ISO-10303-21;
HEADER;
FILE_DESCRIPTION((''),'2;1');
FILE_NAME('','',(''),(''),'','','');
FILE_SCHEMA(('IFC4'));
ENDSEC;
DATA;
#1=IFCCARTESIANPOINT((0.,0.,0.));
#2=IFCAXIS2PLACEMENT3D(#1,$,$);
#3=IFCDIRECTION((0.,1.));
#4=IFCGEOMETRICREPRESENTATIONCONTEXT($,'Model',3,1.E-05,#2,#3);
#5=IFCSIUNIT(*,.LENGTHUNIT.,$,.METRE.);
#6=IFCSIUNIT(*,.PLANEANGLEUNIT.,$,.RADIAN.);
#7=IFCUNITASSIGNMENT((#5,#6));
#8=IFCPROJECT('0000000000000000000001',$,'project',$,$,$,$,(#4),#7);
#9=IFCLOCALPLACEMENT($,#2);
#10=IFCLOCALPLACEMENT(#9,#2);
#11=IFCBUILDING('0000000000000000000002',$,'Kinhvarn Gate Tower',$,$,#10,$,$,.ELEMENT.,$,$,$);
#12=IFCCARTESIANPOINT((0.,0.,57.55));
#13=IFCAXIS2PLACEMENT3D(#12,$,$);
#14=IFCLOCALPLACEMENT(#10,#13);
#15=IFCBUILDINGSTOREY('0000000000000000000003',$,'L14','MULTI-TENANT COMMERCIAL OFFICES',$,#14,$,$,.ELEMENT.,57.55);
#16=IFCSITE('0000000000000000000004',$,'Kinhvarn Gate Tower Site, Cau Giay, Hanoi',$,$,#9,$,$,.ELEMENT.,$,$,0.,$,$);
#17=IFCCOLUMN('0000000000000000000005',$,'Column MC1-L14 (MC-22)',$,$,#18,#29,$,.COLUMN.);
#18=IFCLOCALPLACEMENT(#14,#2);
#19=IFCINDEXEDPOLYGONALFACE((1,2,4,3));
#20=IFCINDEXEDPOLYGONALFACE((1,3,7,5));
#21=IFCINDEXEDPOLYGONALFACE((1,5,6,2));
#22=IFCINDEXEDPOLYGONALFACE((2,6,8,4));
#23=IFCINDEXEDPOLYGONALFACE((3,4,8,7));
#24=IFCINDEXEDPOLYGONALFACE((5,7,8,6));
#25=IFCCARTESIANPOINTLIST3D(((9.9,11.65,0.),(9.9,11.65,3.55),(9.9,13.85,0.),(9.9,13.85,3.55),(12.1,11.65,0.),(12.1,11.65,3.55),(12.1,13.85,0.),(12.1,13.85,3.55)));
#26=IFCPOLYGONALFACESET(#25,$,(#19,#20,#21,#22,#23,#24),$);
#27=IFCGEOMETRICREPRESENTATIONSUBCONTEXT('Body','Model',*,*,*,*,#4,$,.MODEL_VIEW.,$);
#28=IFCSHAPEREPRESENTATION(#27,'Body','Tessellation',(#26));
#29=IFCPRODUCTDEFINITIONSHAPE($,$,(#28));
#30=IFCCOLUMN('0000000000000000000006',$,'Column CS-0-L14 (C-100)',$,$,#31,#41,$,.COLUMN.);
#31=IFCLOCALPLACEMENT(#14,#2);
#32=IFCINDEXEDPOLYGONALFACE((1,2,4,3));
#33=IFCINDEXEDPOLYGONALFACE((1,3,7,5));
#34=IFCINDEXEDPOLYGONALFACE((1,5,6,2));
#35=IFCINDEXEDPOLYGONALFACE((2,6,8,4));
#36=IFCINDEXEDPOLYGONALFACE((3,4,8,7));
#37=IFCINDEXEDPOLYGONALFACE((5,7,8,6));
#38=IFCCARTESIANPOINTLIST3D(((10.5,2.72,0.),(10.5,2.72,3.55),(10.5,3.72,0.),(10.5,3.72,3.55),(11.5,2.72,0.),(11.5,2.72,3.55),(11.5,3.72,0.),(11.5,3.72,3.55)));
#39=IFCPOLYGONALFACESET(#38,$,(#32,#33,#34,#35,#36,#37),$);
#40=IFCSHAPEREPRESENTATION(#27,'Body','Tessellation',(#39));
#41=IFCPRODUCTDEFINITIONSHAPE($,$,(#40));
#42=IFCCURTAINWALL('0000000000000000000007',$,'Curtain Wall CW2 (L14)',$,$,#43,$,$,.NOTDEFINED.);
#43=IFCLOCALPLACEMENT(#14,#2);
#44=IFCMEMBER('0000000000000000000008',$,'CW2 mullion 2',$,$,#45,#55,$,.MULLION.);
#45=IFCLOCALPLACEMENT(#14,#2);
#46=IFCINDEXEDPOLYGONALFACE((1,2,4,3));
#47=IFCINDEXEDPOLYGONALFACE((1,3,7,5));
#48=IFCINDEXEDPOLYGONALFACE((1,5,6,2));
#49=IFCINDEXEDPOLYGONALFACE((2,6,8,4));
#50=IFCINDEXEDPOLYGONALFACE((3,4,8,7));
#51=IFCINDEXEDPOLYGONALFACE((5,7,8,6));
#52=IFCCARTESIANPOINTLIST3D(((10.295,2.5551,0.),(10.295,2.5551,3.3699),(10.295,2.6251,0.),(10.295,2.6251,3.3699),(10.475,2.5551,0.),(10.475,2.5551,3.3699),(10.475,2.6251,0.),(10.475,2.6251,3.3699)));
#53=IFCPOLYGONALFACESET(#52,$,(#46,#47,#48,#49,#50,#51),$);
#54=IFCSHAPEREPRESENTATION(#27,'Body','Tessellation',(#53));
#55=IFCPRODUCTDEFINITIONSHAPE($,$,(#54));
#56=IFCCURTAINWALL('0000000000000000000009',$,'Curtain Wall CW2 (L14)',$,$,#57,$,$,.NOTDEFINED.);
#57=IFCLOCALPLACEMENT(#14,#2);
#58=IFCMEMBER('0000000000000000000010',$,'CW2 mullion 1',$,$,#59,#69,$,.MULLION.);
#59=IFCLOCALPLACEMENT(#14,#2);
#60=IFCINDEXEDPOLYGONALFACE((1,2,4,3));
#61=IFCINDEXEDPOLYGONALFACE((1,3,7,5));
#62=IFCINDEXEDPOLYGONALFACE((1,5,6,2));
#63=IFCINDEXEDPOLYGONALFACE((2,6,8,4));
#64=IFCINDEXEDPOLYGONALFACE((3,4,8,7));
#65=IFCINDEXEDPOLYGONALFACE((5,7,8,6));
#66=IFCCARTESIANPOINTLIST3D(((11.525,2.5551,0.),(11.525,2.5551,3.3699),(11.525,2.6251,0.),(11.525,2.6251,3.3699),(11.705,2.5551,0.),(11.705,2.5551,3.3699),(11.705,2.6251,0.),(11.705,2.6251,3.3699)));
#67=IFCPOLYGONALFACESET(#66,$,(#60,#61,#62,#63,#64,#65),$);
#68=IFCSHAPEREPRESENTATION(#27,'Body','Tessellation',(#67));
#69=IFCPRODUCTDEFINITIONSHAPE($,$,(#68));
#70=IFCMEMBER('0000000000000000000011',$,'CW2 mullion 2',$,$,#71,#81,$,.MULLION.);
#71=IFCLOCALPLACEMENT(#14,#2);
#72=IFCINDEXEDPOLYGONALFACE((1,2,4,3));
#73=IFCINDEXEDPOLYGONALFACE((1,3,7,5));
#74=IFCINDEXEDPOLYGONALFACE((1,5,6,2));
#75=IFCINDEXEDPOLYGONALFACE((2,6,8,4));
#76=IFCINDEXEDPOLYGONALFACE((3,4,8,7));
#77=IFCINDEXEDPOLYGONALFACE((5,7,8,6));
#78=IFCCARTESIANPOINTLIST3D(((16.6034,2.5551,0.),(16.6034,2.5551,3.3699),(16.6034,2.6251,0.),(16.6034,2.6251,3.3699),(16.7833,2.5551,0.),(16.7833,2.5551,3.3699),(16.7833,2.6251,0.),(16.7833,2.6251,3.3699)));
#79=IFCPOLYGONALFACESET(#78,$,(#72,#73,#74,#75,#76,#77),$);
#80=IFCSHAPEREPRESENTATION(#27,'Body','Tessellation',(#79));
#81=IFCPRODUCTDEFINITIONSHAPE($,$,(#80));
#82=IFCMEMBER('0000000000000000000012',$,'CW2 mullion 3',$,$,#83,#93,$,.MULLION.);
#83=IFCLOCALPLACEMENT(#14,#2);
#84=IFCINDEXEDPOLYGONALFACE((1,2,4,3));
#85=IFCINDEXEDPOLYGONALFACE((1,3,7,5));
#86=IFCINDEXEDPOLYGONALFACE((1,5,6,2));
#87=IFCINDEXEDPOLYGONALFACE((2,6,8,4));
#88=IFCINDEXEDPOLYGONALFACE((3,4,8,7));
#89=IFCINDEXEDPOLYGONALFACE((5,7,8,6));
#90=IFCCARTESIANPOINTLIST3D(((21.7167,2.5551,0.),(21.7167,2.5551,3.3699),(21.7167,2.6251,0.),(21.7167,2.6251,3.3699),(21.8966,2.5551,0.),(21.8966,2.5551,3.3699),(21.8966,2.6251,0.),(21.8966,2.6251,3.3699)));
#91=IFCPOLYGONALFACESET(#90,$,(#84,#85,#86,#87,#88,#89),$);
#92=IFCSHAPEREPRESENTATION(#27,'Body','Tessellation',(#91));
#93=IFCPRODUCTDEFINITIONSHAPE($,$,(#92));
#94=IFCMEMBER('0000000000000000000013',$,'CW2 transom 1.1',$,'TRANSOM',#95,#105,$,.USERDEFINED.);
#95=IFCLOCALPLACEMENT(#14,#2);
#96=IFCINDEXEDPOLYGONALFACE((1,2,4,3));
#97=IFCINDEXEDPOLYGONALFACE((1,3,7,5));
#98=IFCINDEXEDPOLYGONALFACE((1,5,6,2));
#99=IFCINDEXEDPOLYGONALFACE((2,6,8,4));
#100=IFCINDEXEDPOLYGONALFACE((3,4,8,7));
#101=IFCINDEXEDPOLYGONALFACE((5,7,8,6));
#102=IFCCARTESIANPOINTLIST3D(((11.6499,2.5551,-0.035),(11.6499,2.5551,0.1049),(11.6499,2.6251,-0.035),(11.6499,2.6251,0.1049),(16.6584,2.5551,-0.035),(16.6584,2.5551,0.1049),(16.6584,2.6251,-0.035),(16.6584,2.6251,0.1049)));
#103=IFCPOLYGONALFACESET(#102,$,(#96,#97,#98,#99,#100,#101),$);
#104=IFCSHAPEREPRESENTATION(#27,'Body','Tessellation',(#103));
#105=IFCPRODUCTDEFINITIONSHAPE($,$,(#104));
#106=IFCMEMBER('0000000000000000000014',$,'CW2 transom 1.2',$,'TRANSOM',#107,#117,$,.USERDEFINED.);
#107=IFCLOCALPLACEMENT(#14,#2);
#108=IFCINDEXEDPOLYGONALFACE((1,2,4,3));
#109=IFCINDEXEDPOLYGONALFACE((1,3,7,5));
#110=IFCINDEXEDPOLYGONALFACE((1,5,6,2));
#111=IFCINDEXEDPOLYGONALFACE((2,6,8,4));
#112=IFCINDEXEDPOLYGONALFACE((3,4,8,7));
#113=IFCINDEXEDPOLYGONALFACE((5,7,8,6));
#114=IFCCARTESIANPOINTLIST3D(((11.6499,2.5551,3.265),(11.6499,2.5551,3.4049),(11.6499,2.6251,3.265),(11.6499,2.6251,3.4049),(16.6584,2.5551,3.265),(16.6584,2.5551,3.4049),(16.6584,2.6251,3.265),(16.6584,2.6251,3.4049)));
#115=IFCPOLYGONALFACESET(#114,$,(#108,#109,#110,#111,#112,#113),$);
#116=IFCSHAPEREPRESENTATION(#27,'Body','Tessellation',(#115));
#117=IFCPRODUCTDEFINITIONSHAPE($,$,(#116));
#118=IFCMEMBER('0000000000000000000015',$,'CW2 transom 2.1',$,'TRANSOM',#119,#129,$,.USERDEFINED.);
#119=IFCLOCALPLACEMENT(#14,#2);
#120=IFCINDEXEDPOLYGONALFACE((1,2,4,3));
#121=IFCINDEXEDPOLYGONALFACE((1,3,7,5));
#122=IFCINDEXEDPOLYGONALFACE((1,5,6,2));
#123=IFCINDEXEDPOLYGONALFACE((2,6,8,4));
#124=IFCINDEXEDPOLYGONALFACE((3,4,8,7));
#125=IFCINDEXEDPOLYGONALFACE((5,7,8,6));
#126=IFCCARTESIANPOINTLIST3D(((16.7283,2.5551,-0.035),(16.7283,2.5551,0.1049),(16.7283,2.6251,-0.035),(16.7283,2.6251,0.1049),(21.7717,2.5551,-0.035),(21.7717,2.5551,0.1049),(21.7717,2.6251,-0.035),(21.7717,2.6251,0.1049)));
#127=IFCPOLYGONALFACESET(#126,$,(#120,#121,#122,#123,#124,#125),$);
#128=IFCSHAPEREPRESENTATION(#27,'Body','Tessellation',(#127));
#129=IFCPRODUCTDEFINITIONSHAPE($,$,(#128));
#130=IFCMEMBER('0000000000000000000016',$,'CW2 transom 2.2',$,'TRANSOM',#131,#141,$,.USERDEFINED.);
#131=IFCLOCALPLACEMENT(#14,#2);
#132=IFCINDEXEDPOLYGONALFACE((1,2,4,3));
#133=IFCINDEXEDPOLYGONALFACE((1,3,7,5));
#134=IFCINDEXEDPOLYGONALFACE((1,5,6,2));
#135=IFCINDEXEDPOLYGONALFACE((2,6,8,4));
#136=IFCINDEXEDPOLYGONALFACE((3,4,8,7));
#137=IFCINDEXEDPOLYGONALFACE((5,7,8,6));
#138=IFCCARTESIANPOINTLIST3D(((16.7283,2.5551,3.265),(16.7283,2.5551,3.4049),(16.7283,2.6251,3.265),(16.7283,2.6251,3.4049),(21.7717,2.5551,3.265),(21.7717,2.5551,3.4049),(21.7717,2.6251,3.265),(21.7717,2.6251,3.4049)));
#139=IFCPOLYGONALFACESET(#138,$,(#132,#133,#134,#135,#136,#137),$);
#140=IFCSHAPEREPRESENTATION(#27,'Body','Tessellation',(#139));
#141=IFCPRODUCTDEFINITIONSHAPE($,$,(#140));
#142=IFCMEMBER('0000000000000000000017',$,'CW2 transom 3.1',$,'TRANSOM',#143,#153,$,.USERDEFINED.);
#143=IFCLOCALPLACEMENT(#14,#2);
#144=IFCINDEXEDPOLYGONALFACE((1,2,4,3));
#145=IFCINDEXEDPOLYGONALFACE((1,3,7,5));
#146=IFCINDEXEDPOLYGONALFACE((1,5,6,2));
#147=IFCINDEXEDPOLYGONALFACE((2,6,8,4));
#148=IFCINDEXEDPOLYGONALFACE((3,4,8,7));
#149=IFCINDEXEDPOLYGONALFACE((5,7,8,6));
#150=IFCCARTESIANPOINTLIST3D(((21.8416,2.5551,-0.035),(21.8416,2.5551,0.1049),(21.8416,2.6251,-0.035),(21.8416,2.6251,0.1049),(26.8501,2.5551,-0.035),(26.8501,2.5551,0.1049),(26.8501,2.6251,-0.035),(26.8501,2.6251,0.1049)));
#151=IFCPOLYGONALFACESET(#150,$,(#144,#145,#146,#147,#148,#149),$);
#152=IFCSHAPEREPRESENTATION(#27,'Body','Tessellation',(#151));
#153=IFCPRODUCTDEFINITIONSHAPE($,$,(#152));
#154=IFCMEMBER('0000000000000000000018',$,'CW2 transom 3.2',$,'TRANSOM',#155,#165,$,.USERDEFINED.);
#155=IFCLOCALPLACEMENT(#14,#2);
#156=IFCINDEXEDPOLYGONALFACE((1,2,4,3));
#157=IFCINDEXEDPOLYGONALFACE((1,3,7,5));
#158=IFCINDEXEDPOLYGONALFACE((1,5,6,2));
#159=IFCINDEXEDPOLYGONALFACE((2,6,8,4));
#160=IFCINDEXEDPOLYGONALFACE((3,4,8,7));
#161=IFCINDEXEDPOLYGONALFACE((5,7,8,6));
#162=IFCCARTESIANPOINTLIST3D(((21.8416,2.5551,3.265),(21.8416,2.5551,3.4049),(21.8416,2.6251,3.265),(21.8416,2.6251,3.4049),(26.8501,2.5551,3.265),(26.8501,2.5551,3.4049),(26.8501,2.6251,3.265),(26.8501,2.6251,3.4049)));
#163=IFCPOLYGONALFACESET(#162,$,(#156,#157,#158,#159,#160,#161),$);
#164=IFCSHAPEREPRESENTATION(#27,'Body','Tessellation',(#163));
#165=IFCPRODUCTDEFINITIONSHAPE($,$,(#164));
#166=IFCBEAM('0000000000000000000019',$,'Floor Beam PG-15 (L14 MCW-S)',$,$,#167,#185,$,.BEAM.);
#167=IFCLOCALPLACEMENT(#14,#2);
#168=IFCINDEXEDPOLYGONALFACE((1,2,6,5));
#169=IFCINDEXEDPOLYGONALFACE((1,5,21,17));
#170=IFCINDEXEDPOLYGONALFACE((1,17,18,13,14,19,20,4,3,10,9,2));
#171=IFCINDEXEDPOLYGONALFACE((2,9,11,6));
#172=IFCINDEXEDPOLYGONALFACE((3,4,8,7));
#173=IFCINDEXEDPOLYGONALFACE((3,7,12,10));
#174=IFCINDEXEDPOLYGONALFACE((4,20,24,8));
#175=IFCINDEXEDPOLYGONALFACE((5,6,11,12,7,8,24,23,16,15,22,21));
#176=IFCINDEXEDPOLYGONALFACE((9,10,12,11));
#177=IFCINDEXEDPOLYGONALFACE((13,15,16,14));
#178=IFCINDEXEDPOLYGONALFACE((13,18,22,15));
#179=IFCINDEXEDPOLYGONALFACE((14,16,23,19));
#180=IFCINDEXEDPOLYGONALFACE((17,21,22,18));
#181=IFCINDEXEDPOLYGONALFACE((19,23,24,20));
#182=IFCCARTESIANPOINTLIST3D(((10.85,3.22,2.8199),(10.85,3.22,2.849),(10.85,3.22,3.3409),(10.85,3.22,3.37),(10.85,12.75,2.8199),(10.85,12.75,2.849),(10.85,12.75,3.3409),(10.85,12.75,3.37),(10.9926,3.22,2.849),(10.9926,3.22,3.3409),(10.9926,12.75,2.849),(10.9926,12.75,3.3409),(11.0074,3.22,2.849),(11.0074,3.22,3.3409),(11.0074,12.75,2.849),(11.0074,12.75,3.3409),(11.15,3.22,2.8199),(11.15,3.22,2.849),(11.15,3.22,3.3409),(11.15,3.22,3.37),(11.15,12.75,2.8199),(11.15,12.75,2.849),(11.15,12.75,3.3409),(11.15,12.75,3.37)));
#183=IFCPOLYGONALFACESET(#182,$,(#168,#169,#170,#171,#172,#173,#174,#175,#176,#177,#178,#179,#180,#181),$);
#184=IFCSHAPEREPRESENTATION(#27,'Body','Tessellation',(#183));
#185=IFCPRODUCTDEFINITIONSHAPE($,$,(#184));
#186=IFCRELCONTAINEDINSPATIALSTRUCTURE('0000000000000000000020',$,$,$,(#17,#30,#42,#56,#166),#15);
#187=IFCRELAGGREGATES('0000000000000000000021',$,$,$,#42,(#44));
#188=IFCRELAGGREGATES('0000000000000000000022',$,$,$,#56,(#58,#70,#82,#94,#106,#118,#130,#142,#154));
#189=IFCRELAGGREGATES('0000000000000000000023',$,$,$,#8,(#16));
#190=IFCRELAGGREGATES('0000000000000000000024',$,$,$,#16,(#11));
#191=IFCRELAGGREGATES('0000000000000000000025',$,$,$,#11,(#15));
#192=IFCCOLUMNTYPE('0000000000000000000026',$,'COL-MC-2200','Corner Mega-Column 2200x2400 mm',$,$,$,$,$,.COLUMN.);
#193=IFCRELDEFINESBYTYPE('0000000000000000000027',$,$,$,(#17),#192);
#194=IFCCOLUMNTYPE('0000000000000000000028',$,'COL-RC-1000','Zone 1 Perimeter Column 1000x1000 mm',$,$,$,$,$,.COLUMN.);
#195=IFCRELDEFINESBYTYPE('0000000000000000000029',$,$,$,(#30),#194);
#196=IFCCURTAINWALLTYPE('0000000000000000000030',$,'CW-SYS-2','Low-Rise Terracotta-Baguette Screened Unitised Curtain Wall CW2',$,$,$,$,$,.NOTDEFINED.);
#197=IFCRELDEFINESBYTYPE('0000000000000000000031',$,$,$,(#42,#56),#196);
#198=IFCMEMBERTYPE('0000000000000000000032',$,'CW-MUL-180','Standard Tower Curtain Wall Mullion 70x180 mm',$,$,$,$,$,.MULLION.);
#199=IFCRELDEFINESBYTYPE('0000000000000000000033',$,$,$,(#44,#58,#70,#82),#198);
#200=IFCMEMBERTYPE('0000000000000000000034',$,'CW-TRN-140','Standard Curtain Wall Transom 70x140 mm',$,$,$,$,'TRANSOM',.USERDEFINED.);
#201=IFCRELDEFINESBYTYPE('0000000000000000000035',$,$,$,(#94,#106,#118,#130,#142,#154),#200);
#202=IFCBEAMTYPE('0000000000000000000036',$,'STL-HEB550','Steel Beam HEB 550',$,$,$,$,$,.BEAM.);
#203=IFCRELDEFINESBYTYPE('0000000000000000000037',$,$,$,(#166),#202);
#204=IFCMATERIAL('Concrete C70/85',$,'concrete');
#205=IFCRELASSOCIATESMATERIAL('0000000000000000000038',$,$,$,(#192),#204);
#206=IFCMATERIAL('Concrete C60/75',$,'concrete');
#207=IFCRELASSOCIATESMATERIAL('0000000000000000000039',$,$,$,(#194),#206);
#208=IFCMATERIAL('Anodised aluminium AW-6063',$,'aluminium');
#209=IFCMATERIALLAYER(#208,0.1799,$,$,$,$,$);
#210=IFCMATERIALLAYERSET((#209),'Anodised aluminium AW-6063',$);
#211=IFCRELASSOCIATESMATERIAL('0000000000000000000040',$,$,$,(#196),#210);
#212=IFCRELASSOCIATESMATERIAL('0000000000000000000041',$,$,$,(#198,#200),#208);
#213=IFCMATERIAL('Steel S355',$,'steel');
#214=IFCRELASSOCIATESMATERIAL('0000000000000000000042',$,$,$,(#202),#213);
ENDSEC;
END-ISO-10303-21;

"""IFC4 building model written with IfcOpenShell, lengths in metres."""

from ifc_helpers import new_model, si_unit, direction, frame, origin, origin_2d, place, context, subcontext, project, spatial, rectangle, i_section, extrude, material, layer, layer_set, material_profile, profile_set, type_object, element, aggregate, save


model = new_model("IFC4")

# Units and contexts
model_context = context("Model", 3, precision=1e-05, world=origin(), true_north=direction((0.0, 1.0)))
body_context = subcontext(model_context, "Body", "Model", "MODEL_VIEW")
ifc_project = project(units=[si_unit("LENGTHUNIT", "METRE"), si_unit("PLANEANGLEUNIT", "RADIAN")], contexts=[model_context])

# Site, building, storey
site_placement = place(None, origin())
site = spatial("IfcSite", under=ifc_project, at=site_placement, Name="Kinhvarn Gate Tower Site, Cau Giay, Hanoi", CompositionType="ELEMENT", RefElevation=0.0)
building_placement = place(site_placement, origin())
building = spatial("IfcBuilding", under=site, at=building_placement, Name="Kinhvarn Gate Tower", CompositionType="ELEMENT")
storey_placement = place(building_placement, frame((0.0, 0.0, 57.55)))
storey = spatial("IfcBuildingStorey", under=building, at=storey_placement, Name="L14", Description="MULTI-TENANT COMMERCIAL OFFICES", CompositionType="ELEMENT", Elevation=57.55)

# Columns
ifc_material_1 = material(Name="Concrete C70/85", Category="concrete")
ifc_material_profile_1 = material_profile(ifc_material_1, rectangle(XDim=2.2, YDim=2.2, at=origin_2d()), Name="RC 2200x2200")
ifc_profile_set_1 = profile_set([ifc_material_profile_1], Name="Concrete C70/85")
column_type_1 = type_object("IfcColumnType", Name="COL-MC-2200", Description="Corner Mega-Column 2200x2400 mm", PredefinedType="COLUMN", material=ifc_profile_set_1)
column_1_placement = place(storey_placement, frame((11.0, 12.75, 0.0), z_axis=(0.0, 0.0, 1.0), x_axis=(1.0, 0.0, 0.0)))
element("IfcColumn", 1, at=column_1_placement, inside=storey, type_object=column_type_1, Name="Column MC1-L14 (MC-22)", PredefinedType="COLUMN", context=body_context, shape_type="SweptSolid", body=[
    extrude(rectangle(XDim=2.2, YDim=2.2, at=origin_2d()), origin(), (0.0, 0.0, 1.0), 3.55),
])
ifc_material_2 = material(Name="Concrete C60/75", Category="concrete")
ifc_material_profile_2 = material_profile(ifc_material_2, rectangle(XDim=1.0, YDim=1.0, at=origin_2d()), Name="RC 1000x1000")
ifc_profile_set_2 = profile_set([ifc_material_profile_2], Name="Concrete C60/75")
column_type_2 = type_object("IfcColumnType", Name="COL-RC-1000", Description="Zone 1 Perimeter Column 1000x1000 mm", PredefinedType="COLUMN", material=ifc_profile_set_2)
column_2_placement = place(storey_placement, frame((11.0, 3.22, 0.0), z_axis=(0.0, 0.0, 1.0), x_axis=(1.0, 0.0, 0.0)))
element("IfcColumn", 2, at=column_2_placement, inside=storey, type_object=column_type_2, Name="Column CS-0-L14 (C-100)", PredefinedType="COLUMN", context=body_context, shape_type="SweptSolid", body=[
    extrude(rectangle(XDim=1.0, YDim=1.0, at=origin_2d()), origin(), (0.0, 0.0, 1.0), 3.55),
])

# Curtain wall, member
ifc_material_3 = material(Name="Anodised aluminium AW-6063", Category="aluminium")
ifc_layer_1 = layer(ifc_material_3, 0.1799)
ifc_layer_set_1 = layer_set([ifc_layer_1], Name="Anodised aluminium AW-6063")
curtain_wall_type = type_object("IfcCurtainWallType", Name="CW-SYS-2", Description="Low-Rise Terracotta-Baguette Screened Unitised Curtain Wall CW2", PredefinedType="NOTDEFINED", material=ifc_layer_set_1)
curtain_wall_1_placement = place(storey_placement, origin())
curtain_wall_1 = element("IfcCurtainWall", 3, at=curtain_wall_1_placement, inside=storey, type_object=curtain_wall_type, Name="Curtain Wall CW2 (L14)", PredefinedType="NOTDEFINED")
ifc_material_profile_3 = material_profile(ifc_material_3, rectangle(XDim=0.0701, YDim=0.1799, at=origin_2d()), Name="ALU 70x180")
ifc_profile_set_3 = profile_set([ifc_material_profile_3], Name="Anodised aluminium AW-6063")
member_type_1 = type_object("IfcMemberType", Name="CW-MUL-180", Description="Standard Tower Curtain Wall Mullion 70x180 mm", PredefinedType="MULLION", material=ifc_profile_set_3)
member_1_placement = place(storey_placement, frame((10.385, 2.5901, 0.0), z_axis=(0.0, 0.0, 1.0), x_axis=(0.0, 1.0, 0.0)))
member_1 = element("IfcMember", 4, at=member_1_placement, type_object=member_type_1, Name="CW2 mullion 2", PredefinedType="MULLION", context=body_context, shape_type="SweptSolid", body=[
    extrude(rectangle(XDim=0.0701, YDim=0.1799, at=origin_2d()), origin(), (0.0, 0.0, 1.0), 3.3699),
])
aggregate(curtain_wall_1, [member_1])

# Curtain wall, members
curtain_wall_2_placement = place(storey_placement, origin())
curtain_wall_2 = element("IfcCurtainWall", 5, at=curtain_wall_2_placement, inside=storey, type_object=curtain_wall_type, Name="Curtain Wall CW2 (L14)", PredefinedType="NOTDEFINED")
member_2_placement = place(storey_placement, frame((11.615, 2.5901, 0.0), z_axis=(0.0, 0.0, 1.0), x_axis=(0.0, 1.0, 0.0)))
member_2 = element("IfcMember", 6, at=member_2_placement, type_object=member_type_1, Name="CW2 mullion 1", PredefinedType="MULLION", context=body_context, shape_type="SweptSolid", body=[
    extrude(rectangle(XDim=0.0701, YDim=0.1799, at=origin_2d()), origin(), (0.0, 0.0, 1.0), 3.3699),
])
member_3_placement = place(storey_placement, frame((16.6934, 2.5901, 0.0), z_axis=(0.0, 0.0, 1.0), x_axis=(0.0, 1.0, 0.0)))
member_3 = element("IfcMember", 7, at=member_3_placement, type_object=member_type_1, Name="CW2 mullion 2", PredefinedType="MULLION", context=body_context, shape_type="SweptSolid", body=[
    extrude(rectangle(XDim=0.0701, YDim=0.1799, at=origin_2d()), origin(), (0.0, 0.0, 1.0), 3.3699),
])
member_4_placement = place(storey_placement, frame((21.8066, 2.5901, 0.0), z_axis=(0.0, 0.0, 1.0), x_axis=(0.0, 1.0, 0.0)))
member_4 = element("IfcMember", 8, at=member_4_placement, type_object=member_type_1, Name="CW2 mullion 3", PredefinedType="MULLION", context=body_context, shape_type="SweptSolid", body=[
    extrude(rectangle(XDim=0.0701, YDim=0.1799, at=origin_2d()), origin(), (0.0, 0.0, 1.0), 3.3699),
])
ifc_material_profile_4 = material_profile(ifc_material_3, rectangle(XDim=0.0701, YDim=0.1399, at=origin_2d()), Name="ALU 70x140")
ifc_profile_set_4 = profile_set([ifc_material_profile_4], Name="Anodised aluminium AW-6063")
member_type_2 = type_object("IfcMemberType", Name="CW-TRN-140", Description="Standard Curtain Wall Transom 70x140 mm", ElementType="TRANSOM", PredefinedType="USERDEFINED", material=ifc_profile_set_4)
member_5_placement = place(storey_placement, frame((11.6499, 2.5901, 0.0349), z_axis=(1.0, 0.0, 0.0), x_axis=(0.0, 1.0, 0.0)))
member_5 = element("IfcMember", 9, at=member_5_placement, type_object=member_type_2, Name="CW2 transom 1.1", ObjectType="TRANSOM", PredefinedType="USERDEFINED", context=body_context, shape_type="SweptSolid", body=[
    extrude(rectangle(XDim=0.0701, YDim=0.1399, at=origin_2d()), origin(), (0.0, 0.0, 1.0), 5.0085),
])
member_6_placement = place(storey_placement, frame((11.6499, 2.5901, 3.335), z_axis=(1.0, 0.0, 0.0), x_axis=(0.0, 1.0, 0.0)))
member_6 = element("IfcMember", 10, at=member_6_placement, type_object=member_type_2, Name="CW2 transom 1.2", ObjectType="TRANSOM", PredefinedType="USERDEFINED", context=body_context, shape_type="SweptSolid", body=[
    extrude(rectangle(XDim=0.0701, YDim=0.1399, at=origin_2d()), origin(), (0.0, 0.0, 1.0), 5.0085),
])
member_7_placement = place(storey_placement, frame((16.7283, 2.5901, 0.0349), z_axis=(1.0, 0.0, 0.0), x_axis=(0.0, 1.0, 0.0)))
member_7 = element("IfcMember", 11, at=member_7_placement, type_object=member_type_2, Name="CW2 transom 2.1", ObjectType="TRANSOM", PredefinedType="USERDEFINED", context=body_context, shape_type="SweptSolid", body=[
    extrude(rectangle(XDim=0.0701, YDim=0.1399, at=origin_2d()), origin(), (0.0, 0.0, 1.0), 5.0435),
])
member_8_placement = place(storey_placement, frame((16.7283, 2.5901, 3.335), z_axis=(1.0, 0.0, 0.0), x_axis=(0.0, 1.0, 0.0)))
member_8 = element("IfcMember", 12, at=member_8_placement, type_object=member_type_2, Name="CW2 transom 2.2", ObjectType="TRANSOM", PredefinedType="USERDEFINED", context=body_context, shape_type="SweptSolid", body=[
    extrude(rectangle(XDim=0.0701, YDim=0.1399, at=origin_2d()), origin(), (0.0, 0.0, 1.0), 5.0435),
])
member_9_placement = place(storey_placement, frame((21.8416, 2.5901, 0.0349), z_axis=(1.0, 0.0, 0.0), x_axis=(0.0, 1.0, 0.0)))
member_9 = element("IfcMember", 13, at=member_9_placement, type_object=member_type_2, Name="CW2 transom 3.1", ObjectType="TRANSOM", PredefinedType="USERDEFINED", context=body_context, shape_type="SweptSolid", body=[
    extrude(rectangle(XDim=0.0701, YDim=0.1399, at=origin_2d()), origin(), (0.0, 0.0, 1.0), 5.0085),
])
member_10_placement = place(storey_placement, frame((21.8416, 2.5901, 3.335), z_axis=(1.0, 0.0, 0.0), x_axis=(0.0, 1.0, 0.0)))
member_10 = element("IfcMember", 14, at=member_10_placement, type_object=member_type_2, Name="CW2 transom 3.2", ObjectType="TRANSOM", PredefinedType="USERDEFINED", context=body_context, shape_type="SweptSolid", body=[
    extrude(rectangle(XDim=0.0701, YDim=0.1399, at=origin_2d()), origin(), (0.0, 0.0, 1.0), 5.0085),
])

# Beam
ifc_material_4 = material(Name="Steel S355", Category="steel")
ifc_material_profile_5 = material_profile(ifc_material_4, i_section(OverallWidth=0.3, OverallDepth=0.55, WebThickness=0.0149, FlangeThickness=0.0291, at=origin_2d()), Name="HEB 550")
ifc_profile_set_5 = profile_set([ifc_material_profile_5], Name="Steel S355")
beam_type_1 = type_object("IfcBeamType", Name="STL-HEB550", Description="Steel Beam HEB 550", PredefinedType="BEAM", material=ifc_profile_set_5)
beam_1_placement = place(storey_placement, frame((11.0, 3.22, 3.095), z_axis=(0.0, 1.0, 0.0), x_axis=(-1.0, 0.0, 0.0)))
element("IfcBeam", 15, at=beam_1_placement, inside=storey, type_object=beam_type_1, Name="Floor Beam PG-15 (L14 MCW-S)", PredefinedType="BEAM", context=body_context, shape_type="SweptSolid", body=[
    extrude(i_section(OverallWidth=0.3, OverallDepth=0.55, WebThickness=0.0149, FlangeThickness=0.0291, at=origin_2d()), origin(), (0.0, 0.0, 1.0), 9.53),
])

aggregate(curtain_wall_2, [member_2, member_3, member_4, member_5, member_6, member_7, member_8, member_9, member_10])

save(model, "model.ifc")
